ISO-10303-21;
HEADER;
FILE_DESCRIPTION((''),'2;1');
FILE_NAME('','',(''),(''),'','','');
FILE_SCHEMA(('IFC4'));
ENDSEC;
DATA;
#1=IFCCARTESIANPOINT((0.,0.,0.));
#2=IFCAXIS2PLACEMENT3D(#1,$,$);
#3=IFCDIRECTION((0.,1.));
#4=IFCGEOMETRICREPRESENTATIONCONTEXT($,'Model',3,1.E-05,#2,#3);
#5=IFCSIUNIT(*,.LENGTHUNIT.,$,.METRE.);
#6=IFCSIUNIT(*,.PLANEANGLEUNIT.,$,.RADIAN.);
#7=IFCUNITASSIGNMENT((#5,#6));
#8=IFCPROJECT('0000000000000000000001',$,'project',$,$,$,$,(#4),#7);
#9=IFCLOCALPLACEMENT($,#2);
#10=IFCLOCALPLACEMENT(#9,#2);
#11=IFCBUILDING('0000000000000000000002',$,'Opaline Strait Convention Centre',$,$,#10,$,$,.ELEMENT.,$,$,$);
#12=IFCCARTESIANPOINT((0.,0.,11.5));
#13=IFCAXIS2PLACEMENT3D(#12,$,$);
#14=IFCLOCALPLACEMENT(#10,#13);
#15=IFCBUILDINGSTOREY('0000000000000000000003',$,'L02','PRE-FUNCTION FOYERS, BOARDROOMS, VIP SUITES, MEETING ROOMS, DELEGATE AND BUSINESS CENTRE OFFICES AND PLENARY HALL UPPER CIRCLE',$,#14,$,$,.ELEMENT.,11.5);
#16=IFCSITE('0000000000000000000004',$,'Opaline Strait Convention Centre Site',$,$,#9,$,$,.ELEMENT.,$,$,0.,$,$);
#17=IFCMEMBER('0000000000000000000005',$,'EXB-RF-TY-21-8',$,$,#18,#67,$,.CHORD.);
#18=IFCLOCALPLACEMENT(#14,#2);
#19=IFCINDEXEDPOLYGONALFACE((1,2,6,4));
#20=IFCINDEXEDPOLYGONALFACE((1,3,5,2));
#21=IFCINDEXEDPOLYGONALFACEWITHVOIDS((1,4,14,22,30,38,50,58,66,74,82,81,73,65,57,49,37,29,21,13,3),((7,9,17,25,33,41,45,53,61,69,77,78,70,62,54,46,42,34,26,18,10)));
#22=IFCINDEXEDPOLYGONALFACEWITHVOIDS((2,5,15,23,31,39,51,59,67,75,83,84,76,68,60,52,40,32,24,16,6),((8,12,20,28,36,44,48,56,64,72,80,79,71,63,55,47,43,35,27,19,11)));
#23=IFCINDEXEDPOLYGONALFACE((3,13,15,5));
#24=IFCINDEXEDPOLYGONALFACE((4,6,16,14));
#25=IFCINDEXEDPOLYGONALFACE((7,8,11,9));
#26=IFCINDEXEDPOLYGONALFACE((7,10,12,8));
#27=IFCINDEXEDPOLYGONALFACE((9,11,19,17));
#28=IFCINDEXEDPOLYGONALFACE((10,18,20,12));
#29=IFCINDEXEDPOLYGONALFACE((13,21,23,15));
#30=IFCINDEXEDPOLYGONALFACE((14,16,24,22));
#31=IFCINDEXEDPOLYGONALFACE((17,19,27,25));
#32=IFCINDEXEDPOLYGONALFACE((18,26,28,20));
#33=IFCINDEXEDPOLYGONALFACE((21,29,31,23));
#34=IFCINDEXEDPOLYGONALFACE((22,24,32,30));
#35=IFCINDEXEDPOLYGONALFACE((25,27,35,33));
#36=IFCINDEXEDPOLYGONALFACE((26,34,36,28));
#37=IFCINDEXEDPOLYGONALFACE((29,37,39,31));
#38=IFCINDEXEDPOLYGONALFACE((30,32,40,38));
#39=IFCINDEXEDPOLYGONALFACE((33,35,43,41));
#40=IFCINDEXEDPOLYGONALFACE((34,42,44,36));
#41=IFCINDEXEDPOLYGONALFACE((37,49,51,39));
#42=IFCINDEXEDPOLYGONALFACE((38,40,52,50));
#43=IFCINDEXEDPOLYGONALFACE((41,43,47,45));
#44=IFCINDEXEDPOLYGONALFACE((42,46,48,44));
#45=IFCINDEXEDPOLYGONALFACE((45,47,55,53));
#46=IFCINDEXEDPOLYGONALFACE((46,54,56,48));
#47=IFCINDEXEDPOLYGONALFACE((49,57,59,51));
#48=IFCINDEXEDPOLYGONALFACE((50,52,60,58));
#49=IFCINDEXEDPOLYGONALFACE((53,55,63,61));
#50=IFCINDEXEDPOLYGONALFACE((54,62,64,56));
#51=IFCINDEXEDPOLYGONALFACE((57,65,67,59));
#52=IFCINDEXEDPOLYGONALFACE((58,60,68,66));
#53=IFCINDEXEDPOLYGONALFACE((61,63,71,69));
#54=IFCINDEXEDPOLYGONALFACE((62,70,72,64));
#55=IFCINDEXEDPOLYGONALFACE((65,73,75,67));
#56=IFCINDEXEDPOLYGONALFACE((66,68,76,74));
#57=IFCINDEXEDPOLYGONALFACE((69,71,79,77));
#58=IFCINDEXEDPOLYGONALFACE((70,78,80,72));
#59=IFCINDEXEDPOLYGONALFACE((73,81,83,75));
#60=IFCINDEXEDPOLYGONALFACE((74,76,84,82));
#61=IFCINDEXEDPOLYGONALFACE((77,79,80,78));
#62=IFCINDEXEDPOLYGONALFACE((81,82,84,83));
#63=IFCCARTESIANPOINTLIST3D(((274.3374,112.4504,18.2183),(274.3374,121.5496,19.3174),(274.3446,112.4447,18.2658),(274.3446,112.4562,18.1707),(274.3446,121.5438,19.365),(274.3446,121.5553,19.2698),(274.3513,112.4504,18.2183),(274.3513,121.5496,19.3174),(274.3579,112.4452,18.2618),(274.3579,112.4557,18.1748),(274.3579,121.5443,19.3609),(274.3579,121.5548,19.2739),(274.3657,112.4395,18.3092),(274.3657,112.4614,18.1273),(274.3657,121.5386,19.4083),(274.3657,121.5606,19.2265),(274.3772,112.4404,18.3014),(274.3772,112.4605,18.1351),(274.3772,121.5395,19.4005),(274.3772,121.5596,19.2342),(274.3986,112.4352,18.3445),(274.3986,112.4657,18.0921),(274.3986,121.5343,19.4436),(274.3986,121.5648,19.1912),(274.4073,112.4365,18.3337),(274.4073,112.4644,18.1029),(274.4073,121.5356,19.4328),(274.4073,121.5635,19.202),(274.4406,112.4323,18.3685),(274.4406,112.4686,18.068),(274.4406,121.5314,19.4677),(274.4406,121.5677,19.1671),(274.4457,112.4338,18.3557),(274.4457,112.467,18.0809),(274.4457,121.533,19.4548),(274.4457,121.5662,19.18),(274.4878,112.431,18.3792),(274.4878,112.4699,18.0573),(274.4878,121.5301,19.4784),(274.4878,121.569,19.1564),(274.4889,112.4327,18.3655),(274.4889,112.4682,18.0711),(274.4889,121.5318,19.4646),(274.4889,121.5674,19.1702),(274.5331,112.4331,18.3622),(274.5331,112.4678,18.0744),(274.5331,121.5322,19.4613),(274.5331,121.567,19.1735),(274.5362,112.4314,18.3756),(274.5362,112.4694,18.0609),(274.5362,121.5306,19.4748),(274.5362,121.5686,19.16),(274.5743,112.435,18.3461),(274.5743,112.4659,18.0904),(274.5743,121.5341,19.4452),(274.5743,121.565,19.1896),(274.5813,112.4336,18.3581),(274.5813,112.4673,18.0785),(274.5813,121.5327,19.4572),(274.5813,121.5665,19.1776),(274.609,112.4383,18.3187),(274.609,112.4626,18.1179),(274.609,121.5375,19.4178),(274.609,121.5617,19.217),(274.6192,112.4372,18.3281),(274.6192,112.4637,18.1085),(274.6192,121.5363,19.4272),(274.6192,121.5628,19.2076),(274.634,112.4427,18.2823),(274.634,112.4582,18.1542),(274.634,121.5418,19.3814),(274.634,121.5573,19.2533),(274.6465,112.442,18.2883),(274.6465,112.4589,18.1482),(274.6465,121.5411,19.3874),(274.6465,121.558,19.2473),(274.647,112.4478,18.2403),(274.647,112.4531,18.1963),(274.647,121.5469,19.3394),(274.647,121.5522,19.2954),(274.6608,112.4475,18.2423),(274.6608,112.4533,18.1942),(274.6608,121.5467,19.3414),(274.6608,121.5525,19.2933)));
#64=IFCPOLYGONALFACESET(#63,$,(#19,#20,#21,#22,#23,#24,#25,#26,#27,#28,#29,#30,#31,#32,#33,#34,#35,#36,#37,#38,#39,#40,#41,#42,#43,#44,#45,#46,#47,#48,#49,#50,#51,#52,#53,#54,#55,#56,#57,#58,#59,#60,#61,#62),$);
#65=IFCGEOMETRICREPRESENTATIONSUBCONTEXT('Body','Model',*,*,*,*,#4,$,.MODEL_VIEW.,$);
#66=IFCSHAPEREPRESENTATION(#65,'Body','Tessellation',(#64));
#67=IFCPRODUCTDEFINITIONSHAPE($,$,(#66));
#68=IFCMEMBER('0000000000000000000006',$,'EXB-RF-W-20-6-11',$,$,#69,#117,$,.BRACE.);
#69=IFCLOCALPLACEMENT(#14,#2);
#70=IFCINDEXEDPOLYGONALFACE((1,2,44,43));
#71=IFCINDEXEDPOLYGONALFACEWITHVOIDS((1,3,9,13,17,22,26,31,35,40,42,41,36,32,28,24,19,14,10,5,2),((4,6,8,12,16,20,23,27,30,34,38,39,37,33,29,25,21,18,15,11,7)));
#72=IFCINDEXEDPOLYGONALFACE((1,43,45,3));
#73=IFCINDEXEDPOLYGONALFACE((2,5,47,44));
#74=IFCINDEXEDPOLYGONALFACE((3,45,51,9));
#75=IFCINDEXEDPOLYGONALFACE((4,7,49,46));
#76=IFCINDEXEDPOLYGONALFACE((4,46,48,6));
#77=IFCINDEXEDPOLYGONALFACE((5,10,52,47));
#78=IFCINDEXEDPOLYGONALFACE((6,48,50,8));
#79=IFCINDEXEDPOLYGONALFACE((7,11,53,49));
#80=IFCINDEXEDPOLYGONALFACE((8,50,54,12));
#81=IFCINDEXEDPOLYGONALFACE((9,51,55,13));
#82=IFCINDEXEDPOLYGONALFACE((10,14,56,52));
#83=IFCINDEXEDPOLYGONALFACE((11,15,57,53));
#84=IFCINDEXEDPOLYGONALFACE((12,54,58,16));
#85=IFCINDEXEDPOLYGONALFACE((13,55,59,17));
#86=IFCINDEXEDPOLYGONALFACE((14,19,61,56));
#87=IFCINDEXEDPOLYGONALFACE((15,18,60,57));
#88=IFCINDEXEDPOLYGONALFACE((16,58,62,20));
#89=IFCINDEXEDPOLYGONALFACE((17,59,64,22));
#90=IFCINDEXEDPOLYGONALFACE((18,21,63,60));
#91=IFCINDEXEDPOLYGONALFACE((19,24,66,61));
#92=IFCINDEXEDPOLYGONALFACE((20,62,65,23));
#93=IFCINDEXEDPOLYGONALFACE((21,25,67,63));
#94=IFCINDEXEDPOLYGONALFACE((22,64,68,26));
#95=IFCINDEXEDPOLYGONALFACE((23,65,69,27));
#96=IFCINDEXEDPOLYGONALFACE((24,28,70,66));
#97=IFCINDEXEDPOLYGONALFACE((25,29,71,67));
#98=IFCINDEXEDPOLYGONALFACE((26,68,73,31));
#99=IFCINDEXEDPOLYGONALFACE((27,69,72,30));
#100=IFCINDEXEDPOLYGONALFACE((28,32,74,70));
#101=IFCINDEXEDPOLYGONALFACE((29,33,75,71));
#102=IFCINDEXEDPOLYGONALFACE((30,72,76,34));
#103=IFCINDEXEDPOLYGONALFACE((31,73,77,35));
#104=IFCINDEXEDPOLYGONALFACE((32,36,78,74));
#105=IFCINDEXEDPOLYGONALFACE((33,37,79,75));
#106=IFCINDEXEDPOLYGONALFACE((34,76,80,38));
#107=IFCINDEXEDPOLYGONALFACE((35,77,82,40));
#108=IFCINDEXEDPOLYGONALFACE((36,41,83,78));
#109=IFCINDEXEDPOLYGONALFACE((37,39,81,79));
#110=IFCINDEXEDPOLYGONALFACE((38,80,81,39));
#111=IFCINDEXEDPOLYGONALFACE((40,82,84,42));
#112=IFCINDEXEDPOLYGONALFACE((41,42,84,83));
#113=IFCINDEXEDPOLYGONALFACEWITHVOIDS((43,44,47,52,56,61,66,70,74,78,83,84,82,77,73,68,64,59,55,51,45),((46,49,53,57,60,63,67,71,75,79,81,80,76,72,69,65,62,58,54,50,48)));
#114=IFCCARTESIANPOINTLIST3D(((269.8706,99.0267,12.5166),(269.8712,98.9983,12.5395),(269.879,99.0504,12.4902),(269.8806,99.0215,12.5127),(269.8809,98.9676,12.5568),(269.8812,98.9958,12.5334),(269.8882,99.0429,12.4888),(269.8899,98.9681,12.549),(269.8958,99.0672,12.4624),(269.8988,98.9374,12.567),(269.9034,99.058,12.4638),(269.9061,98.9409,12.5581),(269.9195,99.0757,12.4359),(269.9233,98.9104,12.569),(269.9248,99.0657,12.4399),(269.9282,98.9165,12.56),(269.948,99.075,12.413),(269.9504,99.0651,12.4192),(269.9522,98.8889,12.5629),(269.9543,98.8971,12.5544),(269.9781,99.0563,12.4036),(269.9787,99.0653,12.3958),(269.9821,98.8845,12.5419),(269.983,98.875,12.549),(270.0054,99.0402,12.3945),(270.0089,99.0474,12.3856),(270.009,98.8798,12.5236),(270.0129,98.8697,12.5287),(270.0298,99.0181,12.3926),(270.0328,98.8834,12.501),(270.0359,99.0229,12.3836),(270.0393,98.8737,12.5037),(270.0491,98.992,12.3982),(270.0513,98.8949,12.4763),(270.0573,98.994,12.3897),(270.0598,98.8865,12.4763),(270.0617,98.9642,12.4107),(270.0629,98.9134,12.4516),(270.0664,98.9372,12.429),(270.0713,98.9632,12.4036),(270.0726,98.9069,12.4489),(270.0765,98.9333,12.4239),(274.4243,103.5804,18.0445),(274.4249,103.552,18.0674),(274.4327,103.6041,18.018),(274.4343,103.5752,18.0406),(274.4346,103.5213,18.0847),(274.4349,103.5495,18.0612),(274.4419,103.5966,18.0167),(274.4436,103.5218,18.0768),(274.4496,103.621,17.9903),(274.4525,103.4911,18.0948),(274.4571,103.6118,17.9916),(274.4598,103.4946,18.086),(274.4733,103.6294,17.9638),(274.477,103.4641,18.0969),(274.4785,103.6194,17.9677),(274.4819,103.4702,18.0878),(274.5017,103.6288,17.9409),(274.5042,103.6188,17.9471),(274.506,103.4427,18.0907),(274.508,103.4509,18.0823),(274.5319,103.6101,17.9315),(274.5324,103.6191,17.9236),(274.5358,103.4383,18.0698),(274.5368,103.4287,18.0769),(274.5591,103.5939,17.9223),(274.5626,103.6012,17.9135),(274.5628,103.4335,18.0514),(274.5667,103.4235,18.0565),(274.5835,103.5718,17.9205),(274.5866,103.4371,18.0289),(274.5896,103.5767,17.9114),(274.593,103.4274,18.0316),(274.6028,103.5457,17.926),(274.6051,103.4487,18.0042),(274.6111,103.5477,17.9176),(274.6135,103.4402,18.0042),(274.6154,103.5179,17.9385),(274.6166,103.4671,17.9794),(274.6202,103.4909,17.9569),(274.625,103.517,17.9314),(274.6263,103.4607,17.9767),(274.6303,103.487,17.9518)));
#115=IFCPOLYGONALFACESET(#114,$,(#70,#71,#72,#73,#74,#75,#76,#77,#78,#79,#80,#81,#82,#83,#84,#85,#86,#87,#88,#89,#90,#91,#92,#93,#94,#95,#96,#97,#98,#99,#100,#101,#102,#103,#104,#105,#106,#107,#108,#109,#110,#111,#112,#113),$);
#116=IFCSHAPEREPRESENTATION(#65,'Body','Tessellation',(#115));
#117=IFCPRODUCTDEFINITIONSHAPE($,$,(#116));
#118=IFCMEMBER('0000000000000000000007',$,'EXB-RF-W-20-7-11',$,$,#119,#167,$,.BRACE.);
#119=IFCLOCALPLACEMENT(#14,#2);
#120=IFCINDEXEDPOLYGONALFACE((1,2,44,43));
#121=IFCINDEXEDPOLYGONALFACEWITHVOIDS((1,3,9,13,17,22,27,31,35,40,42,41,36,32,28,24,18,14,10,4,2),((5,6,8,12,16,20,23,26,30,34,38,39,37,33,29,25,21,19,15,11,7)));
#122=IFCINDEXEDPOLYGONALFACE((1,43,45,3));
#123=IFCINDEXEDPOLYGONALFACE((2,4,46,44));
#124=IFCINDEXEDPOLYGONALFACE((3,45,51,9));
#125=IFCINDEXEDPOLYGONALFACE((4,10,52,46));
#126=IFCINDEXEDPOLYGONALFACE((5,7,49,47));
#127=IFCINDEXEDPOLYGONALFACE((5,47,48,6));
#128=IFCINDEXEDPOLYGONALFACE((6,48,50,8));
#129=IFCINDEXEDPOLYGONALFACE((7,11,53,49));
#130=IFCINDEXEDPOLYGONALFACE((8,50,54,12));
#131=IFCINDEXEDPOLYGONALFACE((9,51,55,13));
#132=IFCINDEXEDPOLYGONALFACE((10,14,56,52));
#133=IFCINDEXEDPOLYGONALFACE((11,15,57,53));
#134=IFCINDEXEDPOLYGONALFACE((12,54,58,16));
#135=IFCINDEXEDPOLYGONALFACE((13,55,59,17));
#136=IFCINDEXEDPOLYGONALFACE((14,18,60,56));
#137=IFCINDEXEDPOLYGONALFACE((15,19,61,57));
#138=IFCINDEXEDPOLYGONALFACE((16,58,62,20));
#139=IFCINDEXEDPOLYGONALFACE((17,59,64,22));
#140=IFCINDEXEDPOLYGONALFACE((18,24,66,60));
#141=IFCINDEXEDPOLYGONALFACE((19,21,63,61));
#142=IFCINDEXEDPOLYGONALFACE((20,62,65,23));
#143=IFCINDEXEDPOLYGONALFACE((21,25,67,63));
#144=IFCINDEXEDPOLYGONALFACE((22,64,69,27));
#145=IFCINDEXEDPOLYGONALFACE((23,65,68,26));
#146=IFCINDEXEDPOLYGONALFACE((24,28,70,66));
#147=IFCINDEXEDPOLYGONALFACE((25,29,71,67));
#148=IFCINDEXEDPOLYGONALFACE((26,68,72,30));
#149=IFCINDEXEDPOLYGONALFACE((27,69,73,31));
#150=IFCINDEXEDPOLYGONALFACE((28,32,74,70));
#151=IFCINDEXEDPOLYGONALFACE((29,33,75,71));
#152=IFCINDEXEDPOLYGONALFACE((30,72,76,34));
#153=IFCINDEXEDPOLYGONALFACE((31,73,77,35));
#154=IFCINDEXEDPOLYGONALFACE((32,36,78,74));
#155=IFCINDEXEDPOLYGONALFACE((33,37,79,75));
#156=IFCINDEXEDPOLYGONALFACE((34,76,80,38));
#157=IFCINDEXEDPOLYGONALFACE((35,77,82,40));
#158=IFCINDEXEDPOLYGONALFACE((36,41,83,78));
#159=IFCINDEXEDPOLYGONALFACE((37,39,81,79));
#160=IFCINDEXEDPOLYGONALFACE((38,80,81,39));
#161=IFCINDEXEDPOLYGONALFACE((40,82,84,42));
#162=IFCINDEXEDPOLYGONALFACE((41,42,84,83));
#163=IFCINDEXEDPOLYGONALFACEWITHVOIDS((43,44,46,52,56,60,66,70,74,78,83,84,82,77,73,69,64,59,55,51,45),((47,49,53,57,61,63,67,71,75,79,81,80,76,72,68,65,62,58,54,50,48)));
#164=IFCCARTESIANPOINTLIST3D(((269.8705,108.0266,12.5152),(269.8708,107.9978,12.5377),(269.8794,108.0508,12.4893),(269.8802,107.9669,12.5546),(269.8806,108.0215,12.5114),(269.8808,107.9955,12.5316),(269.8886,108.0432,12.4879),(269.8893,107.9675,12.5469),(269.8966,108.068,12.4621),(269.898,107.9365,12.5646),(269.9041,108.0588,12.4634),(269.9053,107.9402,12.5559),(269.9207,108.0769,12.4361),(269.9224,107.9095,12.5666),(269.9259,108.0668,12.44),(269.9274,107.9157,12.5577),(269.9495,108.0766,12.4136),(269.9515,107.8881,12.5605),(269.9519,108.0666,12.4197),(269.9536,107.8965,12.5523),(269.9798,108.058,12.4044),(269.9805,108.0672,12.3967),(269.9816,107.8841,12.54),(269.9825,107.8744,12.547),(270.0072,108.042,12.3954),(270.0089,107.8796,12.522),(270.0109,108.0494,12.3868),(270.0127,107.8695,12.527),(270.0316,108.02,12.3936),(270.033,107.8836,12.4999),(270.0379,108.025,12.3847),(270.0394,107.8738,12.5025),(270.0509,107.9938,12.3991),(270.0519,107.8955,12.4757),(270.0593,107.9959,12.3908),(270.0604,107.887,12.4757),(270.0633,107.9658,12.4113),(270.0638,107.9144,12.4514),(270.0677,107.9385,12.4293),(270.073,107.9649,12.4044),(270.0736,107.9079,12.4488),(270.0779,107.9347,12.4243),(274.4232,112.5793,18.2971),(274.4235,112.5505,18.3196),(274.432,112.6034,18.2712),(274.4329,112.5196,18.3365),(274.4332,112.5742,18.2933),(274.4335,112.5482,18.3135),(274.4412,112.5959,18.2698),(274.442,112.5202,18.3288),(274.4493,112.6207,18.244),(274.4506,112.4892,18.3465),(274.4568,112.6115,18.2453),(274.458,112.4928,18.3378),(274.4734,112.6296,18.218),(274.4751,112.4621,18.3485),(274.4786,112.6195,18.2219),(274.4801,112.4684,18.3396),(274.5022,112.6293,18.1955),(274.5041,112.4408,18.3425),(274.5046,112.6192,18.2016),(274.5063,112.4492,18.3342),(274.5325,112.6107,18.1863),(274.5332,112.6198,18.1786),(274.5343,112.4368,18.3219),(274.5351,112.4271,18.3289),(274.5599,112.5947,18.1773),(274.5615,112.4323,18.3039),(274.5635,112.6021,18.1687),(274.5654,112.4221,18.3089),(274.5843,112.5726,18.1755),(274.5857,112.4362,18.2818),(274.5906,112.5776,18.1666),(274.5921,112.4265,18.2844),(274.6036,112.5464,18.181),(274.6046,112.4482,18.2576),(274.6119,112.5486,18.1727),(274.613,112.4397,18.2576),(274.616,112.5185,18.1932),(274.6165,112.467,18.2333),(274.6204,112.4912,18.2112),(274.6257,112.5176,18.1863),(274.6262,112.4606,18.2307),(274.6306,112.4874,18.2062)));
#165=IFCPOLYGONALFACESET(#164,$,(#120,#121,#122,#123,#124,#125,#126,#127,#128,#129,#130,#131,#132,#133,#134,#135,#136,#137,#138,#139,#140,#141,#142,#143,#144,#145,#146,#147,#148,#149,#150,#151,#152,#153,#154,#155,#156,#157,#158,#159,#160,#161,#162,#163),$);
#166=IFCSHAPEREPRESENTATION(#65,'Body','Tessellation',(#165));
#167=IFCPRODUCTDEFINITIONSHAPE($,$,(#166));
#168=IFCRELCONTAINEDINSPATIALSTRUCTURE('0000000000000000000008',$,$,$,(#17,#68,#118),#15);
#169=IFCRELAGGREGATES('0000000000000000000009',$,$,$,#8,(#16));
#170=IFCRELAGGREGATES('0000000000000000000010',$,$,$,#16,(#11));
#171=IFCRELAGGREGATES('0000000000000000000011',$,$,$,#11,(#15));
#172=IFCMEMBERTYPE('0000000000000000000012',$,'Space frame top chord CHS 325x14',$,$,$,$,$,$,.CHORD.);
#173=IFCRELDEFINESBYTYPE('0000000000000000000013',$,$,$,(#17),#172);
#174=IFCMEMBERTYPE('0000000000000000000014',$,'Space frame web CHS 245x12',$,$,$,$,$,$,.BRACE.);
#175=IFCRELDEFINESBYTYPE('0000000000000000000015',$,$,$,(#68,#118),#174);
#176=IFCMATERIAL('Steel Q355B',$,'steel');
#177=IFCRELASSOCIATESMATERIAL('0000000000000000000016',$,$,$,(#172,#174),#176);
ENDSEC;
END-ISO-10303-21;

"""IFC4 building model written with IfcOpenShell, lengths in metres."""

from ifc_helpers import new_model, si_unit, direction, frame, origin, origin_2d, place, context, subcontext, project, spatial, hollow_circle, extrude, material, material_profile, profile_set, type_object, element, save


model = new_model("IFC4")

# Units and contexts
model_context = context("Model", 3, precision=1e-05, world=origin(), true_north=direction((0.0, 1.0)))
body_context = subcontext(model_context, "Body", "Model", "MODEL_VIEW")
ifc_project = project(units=[si_unit("LENGTHUNIT", "METRE"), si_unit("PLANEANGLEUNIT", "RADIAN")], contexts=[model_context])

# Site, building, storey
site_placement = place(None, origin())
site = spatial("IfcSite", under=ifc_project, at=site_placement, Name="Opaline Strait Convention Centre Site", CompositionType="ELEMENT", RefElevation=0.0)
building_placement = place(site_placement, origin())
building = spatial("IfcBuilding", under=site, at=building_placement, Name="Opaline Strait Convention Centre", CompositionType="ELEMENT")
storey_placement = place(building_placement, frame((0.0, 0.0, 11.5)))
storey = spatial("IfcBuildingStorey", under=building, at=storey_placement, Name="L02", Description="PRE-FUNCTION FOYERS, BOARDROOMS, VIP SUITES, MEETING ROOMS, DELEGATE AND BUSINESS CENTRE OFFICES AND PLENARY HALL UPPER CIRCLE", CompositionType="ELEMENT", Elevation=11.5)

# Members
ifc_material_1 = material(Name="Steel Q355B", Category="steel")
ifc_material_profile_1 = material_profile(ifc_material_1, hollow_circle(Radius=0.1626, WallThickness=0.0139, at=origin_2d()), Name="CHS 325x14")
ifc_profile_set_1 = profile_set([ifc_material_profile_1], Name="Steel Q355B")
member_type_1 = type_object("IfcMemberType", Name="Space frame top chord CHS 325x14", PredefinedType="CHORD", material=ifc_profile_set_1)
member_1_placement = place(storey_placement, frame((274.5, 112.4504, 18.2183), z_axis=(0.0, 0.992783, 0.119922), x_axis=(-1.0, 0.0, 0.0)))
element("IfcMember", 1, at=member_1_placement, inside=storey, type_object=member_type_1, Name="EXB-RF-TY-21-8", PredefinedType="CHORD", context=body_context, shape_type="SweptSolid", body=[
    extrude(hollow_circle(Radius=0.1626, WallThickness=0.0139, at=origin_2d()), origin(), (0.0, 0.0, 1.0), 9.1653),
])
ifc_material_profile_2 = material_profile(ifc_material_1, hollow_circle(Radius=0.1226, WallThickness=0.012, at=origin_2d()), Name="CHS 245x12")
ifc_profile_set_2 = profile_set([ifc_material_profile_2], Name="Steel Q355B")
member_type_2 = type_object("IfcMemberType", Name="Space frame web CHS 245x12", PredefinedType="BRACE", material=ifc_profile_set_2)
member_2_placement = place(storey_placement, frame((274.5269, 103.5269, 18.0042), z_axis=(-0.53655, -0.53655, -0.651328), x_axis=(0.707107, -0.707107, 0.0)))
element("IfcMember", 2, at=member_2_placement, inside=storey, type_object=member_type_2, Name="EXB-RF-W-20-6-11", PredefinedType="BRACE", context=body_context, shape_type="SweptSolid", body=[
    extrude(hollow_circle(Radius=0.1226, WallThickness=0.012, at=origin_2d()), origin(), (0.0, 0.0, 1.0), 8.4871),
])
member_3_placement = place(storey_placement, frame((274.5264, 112.5264, 18.2576), z_axis=(-0.526104, -0.526104, -0.668153), x_axis=(0.707107, -0.707107, 0.0)))
element("IfcMember", 3, at=member_3_placement, inside=storey, type_object=member_type_2, Name="EXB-RF-W-20-7-11", PredefinedType="BRACE", context=body_context, shape_type="SweptSolid", body=[
    extrude(hollow_circle(Radius=0.1226, WallThickness=0.012, at=origin_2d()), origin(), (0.0, 0.0, 1.0), 8.6536),
])

save(model, "model.ifc")
